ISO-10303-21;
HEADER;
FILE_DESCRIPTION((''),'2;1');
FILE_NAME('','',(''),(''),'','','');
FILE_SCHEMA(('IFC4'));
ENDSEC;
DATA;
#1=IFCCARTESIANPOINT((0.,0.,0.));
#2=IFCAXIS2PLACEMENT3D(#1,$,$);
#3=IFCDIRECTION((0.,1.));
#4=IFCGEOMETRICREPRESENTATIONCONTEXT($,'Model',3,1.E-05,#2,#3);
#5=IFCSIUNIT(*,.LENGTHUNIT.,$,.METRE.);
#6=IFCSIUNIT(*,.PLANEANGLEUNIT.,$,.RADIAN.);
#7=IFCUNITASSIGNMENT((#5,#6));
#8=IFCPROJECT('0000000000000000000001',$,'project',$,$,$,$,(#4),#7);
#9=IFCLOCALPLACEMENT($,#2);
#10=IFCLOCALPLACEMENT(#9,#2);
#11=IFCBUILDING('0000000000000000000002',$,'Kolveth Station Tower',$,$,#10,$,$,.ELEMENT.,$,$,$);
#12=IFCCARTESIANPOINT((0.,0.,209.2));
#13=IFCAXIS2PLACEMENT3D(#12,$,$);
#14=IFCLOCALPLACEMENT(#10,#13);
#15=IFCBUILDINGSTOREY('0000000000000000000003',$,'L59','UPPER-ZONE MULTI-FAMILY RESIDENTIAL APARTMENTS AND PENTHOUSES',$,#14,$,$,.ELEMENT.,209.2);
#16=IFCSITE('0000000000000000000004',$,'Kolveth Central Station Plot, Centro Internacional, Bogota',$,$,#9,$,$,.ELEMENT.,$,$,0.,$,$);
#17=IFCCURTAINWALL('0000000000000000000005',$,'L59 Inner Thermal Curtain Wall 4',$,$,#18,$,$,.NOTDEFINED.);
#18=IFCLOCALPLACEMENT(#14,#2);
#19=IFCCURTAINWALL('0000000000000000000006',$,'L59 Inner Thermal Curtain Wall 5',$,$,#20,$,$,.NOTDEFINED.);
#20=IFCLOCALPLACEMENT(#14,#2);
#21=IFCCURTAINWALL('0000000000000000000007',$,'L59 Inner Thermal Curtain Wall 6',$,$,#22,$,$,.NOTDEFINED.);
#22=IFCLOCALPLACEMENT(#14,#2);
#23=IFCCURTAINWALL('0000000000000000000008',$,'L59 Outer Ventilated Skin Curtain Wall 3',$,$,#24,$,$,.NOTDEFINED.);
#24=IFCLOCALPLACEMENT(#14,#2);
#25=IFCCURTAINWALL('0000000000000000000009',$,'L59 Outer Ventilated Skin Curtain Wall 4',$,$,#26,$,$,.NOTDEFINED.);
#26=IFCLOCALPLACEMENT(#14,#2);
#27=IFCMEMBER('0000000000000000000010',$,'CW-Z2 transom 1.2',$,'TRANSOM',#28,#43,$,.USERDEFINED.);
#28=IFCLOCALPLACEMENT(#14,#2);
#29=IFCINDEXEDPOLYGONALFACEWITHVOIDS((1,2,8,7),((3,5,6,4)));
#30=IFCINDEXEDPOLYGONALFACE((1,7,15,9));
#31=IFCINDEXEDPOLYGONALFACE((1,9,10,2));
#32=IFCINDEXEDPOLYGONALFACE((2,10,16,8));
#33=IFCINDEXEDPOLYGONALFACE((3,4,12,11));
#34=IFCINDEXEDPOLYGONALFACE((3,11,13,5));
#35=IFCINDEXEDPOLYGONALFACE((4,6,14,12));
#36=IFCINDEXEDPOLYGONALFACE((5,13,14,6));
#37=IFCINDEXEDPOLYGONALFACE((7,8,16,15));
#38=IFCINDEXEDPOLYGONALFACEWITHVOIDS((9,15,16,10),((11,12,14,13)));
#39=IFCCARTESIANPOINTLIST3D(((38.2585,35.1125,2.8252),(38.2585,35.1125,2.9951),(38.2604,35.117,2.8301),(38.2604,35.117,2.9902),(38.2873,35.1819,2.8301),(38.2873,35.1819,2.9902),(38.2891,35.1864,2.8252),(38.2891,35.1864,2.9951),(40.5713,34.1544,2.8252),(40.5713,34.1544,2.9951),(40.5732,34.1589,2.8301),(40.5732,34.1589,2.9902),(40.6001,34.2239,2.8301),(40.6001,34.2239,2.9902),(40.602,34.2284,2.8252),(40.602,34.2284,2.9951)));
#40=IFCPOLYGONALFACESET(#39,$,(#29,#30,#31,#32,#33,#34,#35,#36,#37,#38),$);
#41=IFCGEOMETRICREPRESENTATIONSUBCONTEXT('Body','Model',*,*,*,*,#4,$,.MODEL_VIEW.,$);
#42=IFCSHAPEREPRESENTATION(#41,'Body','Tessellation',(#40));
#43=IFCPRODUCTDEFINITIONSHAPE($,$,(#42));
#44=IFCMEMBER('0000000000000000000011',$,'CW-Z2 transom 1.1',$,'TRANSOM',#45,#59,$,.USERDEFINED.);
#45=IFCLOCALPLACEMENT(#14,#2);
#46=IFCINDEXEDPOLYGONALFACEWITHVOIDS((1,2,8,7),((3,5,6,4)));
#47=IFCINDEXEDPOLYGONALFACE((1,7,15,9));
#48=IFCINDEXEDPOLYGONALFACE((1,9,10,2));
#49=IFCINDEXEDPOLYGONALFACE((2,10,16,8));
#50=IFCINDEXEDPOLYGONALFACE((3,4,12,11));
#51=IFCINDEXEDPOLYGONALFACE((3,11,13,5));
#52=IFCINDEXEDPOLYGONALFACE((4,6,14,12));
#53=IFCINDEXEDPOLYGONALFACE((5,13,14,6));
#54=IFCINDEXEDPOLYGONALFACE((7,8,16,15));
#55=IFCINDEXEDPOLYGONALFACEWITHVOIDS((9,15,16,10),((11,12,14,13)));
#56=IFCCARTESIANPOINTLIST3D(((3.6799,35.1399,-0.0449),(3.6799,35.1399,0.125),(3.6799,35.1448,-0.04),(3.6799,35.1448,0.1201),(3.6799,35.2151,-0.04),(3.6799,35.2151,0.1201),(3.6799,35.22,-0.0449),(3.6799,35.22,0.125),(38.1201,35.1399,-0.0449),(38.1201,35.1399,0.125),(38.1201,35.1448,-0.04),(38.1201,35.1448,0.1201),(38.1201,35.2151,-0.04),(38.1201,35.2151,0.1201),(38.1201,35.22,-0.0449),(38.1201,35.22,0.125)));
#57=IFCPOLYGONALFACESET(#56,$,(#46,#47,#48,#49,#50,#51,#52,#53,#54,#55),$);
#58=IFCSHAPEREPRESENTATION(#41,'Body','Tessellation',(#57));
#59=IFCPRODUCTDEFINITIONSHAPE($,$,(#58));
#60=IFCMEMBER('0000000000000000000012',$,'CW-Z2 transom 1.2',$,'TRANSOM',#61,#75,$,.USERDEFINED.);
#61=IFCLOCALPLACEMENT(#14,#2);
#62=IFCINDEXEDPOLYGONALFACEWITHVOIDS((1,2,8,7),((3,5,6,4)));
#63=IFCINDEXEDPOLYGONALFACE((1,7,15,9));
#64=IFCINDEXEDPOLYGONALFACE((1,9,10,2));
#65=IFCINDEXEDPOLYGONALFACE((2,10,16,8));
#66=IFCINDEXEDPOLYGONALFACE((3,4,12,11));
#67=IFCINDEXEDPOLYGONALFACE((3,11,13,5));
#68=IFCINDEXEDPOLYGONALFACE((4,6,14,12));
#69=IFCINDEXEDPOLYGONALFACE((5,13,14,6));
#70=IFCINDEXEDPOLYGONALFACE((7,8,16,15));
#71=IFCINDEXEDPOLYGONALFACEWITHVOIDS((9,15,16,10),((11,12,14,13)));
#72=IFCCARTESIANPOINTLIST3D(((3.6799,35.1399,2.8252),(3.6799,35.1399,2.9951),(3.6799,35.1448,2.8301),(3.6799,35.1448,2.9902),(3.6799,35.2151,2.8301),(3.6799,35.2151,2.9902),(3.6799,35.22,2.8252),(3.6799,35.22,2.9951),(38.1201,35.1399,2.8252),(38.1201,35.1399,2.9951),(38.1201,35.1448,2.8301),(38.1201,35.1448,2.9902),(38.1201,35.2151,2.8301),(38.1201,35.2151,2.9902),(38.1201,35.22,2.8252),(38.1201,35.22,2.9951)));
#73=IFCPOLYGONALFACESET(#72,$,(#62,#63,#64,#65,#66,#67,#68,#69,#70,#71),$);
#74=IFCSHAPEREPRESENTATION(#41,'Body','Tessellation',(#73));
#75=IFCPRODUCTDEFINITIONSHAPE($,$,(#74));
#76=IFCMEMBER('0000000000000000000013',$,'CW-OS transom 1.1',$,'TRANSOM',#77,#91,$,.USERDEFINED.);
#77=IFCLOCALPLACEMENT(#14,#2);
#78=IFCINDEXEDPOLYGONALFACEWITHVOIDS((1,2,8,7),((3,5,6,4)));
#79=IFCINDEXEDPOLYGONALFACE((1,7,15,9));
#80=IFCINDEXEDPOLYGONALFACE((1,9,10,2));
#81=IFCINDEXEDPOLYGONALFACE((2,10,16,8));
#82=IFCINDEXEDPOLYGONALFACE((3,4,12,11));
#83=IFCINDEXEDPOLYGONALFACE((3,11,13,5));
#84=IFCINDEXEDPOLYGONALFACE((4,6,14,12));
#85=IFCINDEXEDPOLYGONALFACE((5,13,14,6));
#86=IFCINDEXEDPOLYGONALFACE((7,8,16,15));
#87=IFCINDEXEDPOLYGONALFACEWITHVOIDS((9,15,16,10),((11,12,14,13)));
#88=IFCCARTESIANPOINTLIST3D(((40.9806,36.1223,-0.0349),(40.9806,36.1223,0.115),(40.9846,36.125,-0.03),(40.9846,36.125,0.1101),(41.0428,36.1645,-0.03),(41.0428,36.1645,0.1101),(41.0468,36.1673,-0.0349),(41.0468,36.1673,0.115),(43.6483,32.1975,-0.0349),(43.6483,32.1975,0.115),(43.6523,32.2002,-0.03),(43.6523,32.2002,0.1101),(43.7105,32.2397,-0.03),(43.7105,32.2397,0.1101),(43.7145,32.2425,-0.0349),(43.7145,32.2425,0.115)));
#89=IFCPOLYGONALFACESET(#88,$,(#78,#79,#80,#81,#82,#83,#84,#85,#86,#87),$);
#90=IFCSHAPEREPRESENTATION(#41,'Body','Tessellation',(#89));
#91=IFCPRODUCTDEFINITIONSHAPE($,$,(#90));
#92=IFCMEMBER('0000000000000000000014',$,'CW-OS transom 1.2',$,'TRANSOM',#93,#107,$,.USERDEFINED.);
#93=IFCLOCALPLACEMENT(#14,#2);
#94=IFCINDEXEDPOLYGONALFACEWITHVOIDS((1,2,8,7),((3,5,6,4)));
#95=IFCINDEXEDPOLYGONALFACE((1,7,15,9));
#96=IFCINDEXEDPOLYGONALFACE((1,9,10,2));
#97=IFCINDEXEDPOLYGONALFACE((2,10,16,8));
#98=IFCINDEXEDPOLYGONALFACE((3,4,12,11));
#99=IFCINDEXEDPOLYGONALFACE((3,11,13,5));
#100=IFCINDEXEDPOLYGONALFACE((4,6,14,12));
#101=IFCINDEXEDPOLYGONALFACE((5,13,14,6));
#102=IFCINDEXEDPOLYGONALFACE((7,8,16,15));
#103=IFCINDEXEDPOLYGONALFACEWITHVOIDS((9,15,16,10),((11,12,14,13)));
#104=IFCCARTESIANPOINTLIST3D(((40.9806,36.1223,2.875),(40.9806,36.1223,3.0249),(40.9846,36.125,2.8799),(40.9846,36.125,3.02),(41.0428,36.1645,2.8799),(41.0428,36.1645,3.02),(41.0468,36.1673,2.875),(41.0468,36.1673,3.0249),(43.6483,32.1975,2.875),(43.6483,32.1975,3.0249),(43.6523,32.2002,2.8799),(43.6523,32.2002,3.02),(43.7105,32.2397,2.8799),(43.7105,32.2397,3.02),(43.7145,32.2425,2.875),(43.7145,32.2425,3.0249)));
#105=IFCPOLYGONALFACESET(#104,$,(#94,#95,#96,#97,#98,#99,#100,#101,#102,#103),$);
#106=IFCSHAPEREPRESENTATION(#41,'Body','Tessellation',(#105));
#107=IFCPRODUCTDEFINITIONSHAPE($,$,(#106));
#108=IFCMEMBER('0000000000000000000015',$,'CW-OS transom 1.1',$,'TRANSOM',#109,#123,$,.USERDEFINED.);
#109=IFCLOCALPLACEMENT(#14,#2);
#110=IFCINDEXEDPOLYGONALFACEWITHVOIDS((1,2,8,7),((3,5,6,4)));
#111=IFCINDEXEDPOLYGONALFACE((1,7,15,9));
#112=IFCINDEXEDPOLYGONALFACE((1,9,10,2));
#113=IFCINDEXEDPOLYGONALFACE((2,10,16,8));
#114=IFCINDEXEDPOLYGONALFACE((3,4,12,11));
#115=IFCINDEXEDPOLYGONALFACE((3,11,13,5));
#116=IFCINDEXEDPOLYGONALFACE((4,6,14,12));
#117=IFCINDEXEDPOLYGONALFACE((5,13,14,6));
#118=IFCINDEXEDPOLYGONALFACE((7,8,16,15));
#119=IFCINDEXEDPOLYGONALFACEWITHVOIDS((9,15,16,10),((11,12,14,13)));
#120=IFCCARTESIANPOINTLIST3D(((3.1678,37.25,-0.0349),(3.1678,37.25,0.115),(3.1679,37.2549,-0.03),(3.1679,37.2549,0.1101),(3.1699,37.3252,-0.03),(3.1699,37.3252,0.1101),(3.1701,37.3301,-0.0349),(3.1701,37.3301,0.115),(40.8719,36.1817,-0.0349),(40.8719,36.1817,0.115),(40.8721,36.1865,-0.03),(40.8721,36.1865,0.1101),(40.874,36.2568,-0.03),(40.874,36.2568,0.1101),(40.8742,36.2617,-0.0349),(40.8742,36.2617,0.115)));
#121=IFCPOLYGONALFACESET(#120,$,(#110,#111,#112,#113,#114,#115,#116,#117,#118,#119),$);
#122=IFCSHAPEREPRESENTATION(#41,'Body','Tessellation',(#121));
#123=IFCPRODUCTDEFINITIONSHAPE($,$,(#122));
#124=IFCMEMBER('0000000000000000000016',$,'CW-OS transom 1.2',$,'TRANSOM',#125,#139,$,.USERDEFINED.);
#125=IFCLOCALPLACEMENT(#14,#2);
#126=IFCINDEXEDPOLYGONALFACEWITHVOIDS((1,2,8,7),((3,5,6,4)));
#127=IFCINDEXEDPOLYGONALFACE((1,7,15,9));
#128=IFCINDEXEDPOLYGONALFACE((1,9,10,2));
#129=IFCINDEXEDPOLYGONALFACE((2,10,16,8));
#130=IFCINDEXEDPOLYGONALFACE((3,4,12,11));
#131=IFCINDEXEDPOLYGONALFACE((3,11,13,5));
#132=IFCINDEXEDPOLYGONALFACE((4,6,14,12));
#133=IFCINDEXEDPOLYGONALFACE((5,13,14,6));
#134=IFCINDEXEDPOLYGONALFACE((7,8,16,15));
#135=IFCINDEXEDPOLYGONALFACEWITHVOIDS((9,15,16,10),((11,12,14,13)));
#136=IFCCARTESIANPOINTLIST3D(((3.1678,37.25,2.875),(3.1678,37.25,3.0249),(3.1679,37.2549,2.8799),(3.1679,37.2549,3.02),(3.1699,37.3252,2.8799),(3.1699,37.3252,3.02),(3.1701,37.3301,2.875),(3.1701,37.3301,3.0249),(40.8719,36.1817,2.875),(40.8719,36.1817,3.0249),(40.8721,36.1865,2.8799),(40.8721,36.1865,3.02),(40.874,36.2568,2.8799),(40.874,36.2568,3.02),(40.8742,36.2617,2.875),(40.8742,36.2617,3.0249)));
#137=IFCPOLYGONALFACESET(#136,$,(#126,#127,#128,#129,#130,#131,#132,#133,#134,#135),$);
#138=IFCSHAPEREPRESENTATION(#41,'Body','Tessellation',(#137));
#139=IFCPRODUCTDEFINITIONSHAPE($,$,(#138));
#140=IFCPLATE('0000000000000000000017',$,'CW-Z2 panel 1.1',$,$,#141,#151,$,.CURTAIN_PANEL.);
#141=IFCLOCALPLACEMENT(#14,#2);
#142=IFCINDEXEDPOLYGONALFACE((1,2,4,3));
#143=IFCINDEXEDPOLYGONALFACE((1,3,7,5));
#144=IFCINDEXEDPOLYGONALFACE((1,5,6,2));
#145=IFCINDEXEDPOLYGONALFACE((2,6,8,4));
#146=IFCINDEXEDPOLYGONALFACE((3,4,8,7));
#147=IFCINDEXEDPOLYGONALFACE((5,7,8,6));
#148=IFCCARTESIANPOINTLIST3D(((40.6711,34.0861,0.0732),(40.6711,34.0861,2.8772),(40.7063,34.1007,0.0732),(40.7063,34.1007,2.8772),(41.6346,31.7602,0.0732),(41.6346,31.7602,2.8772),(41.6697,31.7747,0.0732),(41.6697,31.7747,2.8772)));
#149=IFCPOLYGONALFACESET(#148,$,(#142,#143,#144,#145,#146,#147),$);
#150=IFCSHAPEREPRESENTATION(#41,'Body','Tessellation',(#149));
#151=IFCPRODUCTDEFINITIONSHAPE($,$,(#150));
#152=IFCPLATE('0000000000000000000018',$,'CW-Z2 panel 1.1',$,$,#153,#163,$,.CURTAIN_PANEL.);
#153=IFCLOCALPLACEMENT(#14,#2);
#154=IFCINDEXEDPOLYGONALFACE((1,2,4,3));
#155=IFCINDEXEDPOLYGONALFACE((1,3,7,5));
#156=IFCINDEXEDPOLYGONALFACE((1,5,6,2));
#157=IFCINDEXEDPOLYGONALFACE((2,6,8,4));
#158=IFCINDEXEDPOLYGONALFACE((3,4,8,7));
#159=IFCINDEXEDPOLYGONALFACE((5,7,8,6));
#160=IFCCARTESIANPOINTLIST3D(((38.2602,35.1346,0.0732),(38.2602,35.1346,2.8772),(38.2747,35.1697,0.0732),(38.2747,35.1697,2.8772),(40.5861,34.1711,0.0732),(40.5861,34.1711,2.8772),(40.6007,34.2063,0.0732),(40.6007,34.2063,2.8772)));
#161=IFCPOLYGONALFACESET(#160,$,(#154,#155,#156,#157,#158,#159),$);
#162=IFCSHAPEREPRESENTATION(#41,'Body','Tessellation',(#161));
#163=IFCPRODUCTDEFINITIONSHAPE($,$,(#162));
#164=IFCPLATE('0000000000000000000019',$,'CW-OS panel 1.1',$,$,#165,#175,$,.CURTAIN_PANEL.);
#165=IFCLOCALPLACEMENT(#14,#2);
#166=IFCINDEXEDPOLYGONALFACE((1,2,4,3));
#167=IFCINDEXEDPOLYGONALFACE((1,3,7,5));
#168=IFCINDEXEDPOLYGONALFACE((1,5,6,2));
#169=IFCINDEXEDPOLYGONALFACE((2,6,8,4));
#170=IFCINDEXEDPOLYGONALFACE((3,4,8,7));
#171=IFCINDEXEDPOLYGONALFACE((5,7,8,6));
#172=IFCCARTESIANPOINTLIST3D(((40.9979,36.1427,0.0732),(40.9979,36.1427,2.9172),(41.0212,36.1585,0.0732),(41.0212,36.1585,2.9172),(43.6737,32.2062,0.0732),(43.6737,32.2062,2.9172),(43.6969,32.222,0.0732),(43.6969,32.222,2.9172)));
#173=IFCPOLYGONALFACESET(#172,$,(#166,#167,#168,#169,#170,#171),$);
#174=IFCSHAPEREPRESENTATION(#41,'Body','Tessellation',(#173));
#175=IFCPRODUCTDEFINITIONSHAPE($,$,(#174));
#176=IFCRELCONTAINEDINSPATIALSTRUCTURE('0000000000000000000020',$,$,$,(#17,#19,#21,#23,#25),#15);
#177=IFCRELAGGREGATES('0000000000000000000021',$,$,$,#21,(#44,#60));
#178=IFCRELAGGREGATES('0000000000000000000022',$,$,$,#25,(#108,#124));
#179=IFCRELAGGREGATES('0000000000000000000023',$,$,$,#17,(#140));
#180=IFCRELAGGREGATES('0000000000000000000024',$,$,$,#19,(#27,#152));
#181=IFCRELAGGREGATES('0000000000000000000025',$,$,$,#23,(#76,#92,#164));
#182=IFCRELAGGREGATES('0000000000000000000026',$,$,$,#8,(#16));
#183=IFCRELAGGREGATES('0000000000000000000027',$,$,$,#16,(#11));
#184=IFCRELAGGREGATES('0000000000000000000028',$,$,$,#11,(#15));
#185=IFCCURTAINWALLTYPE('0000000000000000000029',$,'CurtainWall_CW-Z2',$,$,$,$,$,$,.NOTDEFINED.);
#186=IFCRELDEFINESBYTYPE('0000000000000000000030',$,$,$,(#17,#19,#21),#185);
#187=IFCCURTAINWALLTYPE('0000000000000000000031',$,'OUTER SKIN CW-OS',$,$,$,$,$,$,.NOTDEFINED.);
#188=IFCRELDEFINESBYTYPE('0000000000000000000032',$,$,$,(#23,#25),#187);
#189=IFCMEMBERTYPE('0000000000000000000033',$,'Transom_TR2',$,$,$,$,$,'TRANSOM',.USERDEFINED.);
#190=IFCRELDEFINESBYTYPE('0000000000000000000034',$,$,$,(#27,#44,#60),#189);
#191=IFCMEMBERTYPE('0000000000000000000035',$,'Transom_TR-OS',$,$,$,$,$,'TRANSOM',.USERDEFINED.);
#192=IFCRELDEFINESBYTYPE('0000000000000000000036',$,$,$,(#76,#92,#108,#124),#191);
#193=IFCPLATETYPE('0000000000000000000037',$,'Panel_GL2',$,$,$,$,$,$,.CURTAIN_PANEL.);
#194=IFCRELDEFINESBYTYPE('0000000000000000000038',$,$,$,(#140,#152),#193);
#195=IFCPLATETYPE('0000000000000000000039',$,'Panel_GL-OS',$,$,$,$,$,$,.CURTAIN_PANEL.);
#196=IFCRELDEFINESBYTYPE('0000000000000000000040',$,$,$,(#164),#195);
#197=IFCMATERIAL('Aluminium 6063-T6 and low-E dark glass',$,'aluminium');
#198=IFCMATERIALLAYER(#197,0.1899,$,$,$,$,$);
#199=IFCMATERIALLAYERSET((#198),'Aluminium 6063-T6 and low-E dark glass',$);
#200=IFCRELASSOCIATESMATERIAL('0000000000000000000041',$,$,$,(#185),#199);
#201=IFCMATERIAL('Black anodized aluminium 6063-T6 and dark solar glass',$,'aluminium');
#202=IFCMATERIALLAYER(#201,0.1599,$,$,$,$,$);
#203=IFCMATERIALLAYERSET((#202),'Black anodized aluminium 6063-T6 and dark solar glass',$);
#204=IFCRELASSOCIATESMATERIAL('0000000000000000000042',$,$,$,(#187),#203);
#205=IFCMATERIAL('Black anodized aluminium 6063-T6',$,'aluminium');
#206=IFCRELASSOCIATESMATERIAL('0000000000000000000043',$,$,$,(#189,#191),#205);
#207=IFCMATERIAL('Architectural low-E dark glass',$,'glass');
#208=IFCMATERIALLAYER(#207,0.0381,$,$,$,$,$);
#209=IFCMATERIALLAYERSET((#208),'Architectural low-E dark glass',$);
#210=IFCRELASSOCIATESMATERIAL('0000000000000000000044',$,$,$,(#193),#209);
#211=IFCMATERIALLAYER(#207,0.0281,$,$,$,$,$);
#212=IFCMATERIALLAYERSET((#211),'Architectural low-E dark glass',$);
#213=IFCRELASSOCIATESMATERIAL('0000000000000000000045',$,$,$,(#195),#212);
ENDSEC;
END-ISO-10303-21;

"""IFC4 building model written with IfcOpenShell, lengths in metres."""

from ifc_helpers import new_model, si_unit, direction, frame, origin, origin_2d, place, context, subcontext, project, spatial, rectangle, hollow_rectangle, extrude, source, transform, mapped, material, layer, layer_set, material_profile, profile_set, type_object, element, aggregate, save


model = new_model("IFC4")

# Units and contexts
model_context = context("Model", 3, precision=1e-05, world=origin(), true_north=direction((0.0, 1.0)))
body_context = subcontext(model_context, "Body", "Model", "MODEL_VIEW")
ifc_project = project(units=[si_unit("LENGTHUNIT", "METRE"), si_unit("PLANEANGLEUNIT", "RADIAN")], contexts=[model_context])

# Site, building, storey
site_placement = place(None, origin())
site = spatial("IfcSite", under=ifc_project, at=site_placement, Name="Kolveth Central Station Plot, Centro Internacional, Bogota", CompositionType="ELEMENT", RefElevation=0.0)
building_placement = place(site_placement, origin())
building = spatial("IfcBuilding", under=site, at=building_placement, Name="Kolveth Station Tower", CompositionType="ELEMENT")
storey_placement = place(building_placement, frame((0.0, 0.0, 209.2)))
storey = spatial("IfcBuildingStorey", under=building, at=storey_placement, Name="L59", Description="UPPER-ZONE MULTI-FAMILY RESIDENTIAL APARTMENTS AND PENTHOUSES", CompositionType="ELEMENT", Elevation=209.2)

# Curtain wall
ifc_material_1 = material(Name="Aluminium 6063-T6 and low-E dark glass", Category="aluminium")
ifc_layer_1 = layer(ifc_material_1, 0.1899)
ifc_layer_set_1 = layer_set([ifc_layer_1], Name="Aluminium 6063-T6 and low-E dark glass")
curtain_wall_type_1 = type_object("IfcCurtainWallType", Name="CurtainWall_CW-Z2", PredefinedType="NOTDEFINED", material=ifc_layer_set_1)
curtain_wall_1_placement = place(storey_placement, origin())
curtain_wall_1 = element("IfcCurtainWall", 1, at=curtain_wall_1_placement, inside=storey, type_object=curtain_wall_type_1, Name="L59 Inner Thermal Curtain Wall 4", PredefinedType="NOTDEFINED")
ifc_material_2 = material(Name="Black anodized aluminium 6063-T6", Category="aluminium")

# Curtain wall
curtain_wall_2_placement = place(storey_placement, origin())
curtain_wall_2 = element("IfcCurtainWall", 2, at=curtain_wall_2_placement, inside=storey, type_object=curtain_wall_type_1, Name="L59 Inner Thermal Curtain Wall 5", PredefinedType="NOTDEFINED")

# Curtain wall
curtain_wall_3_placement = place(storey_placement, origin())
curtain_wall_3 = element("IfcCurtainWall", 3, at=curtain_wall_3_placement, inside=storey, type_object=curtain_wall_type_1, Name="L59 Inner Thermal Curtain Wall 6", PredefinedType="NOTDEFINED")
ifc_material_3 = material(Name="Black anodized aluminium 6063-T6 and dark solar glass", Category="aluminium")
ifc_layer_2 = layer(ifc_material_3, 0.1599)
ifc_layer_set_2 = layer_set([ifc_layer_2], Name="Black anodized aluminium 6063-T6 and dark solar glass")
curtain_wall_type_2 = type_object("IfcCurtainWallType", Name="OUTER SKIN CW-OS", PredefinedType="NOTDEFINED", material=ifc_layer_set_2)

# Curtain wall
curtain_wall_4_placement = place(storey_placement, origin())
curtain_wall_4 = element("IfcCurtainWall", 4, at=curtain_wall_4_placement, inside=storey, type_object=curtain_wall_type_2, Name="L59 Outer Ventilated Skin Curtain Wall 3", PredefinedType="NOTDEFINED")

# Curtain wall
curtain_wall_5_placement = place(storey_placement, origin())
curtain_wall_5 = element("IfcCurtainWall", 5, at=curtain_wall_5_placement, inside=storey, type_object=curtain_wall_type_2, Name="L59 Outer Ventilated Skin Curtain Wall 4", PredefinedType="NOTDEFINED")

# Members
ifc_material_profile_1 = material_profile(ifc_material_2, hollow_rectangle(XDim=0.0801, YDim=0.1699, WallThickness=0.0049, at=origin_2d()), Name="ALU-80x170x5")
ifc_profile_set_1 = profile_set([ifc_material_profile_1], Name="Black anodized aluminium 6063-T6")
member_type_1 = type_object("IfcMemberType", Name="Transom_TR2", ElementType="TRANSOM", PredefinedType="USERDEFINED", material=ifc_profile_set_1)
shared_shape_1 = source(origin(), body_context, "Body", "SweptSolid", [
    extrude(hollow_rectangle(XDim=0.0801, YDim=0.1699, WallThickness=0.0049, at=origin_2d()), origin(), (0.0, 0.0, 1.0), 2.5034),
])
member_1_placement = place(storey_placement, frame((40.5867, 34.1914, 2.9102), z_axis=(-0.923874, 0.382696, 0.0), x_axis=(-0.382696, -0.923874, 0.0)))
member_1 = element("IfcMember", 6, at=member_1_placement, type_object=member_type_1, Name="CW-Z2 transom 1.2", ObjectType="TRANSOM", PredefinedType="USERDEFINED", context=body_context, shape_type="MappedRepresentation", body=[
    mapped(shared_shape_1, transform((0.0, 0.0, 0.0), x_axis=(1.0, 0.0, 0.0), y_axis=(0.0, 1.0, 0.0), z_axis=(0.0, 0.0, 1.0), scale=1.0)),
])
shared_shape_2 = source(origin(), body_context, "Body", "SweptSolid", [
    extrude(hollow_rectangle(XDim=0.0801, YDim=0.1699, WallThickness=0.0049, at=origin_2d()), origin(), (0.0, 0.0, 1.0), 34.4402),
])
member_2_placement = place(storey_placement, frame((38.1201, 35.1799, 0.04), z_axis=(-1.0, 0.0, 0.0), x_axis=(0.0, -1.0, 0.0)))
member_2 = element("IfcMember", 7, at=member_2_placement, type_object=member_type_1, Name="CW-Z2 transom 1.1", ObjectType="TRANSOM", PredefinedType="USERDEFINED", context=body_context, shape_type="MappedRepresentation", body=[
    mapped(shared_shape_2, transform((0.0, 0.0, 0.0), x_axis=(1.0, 0.0, 0.0), y_axis=(0.0, 1.0, 0.0), z_axis=(0.0, 0.0, 1.0), scale=1.0)),
])
member_3_placement = place(storey_placement, frame((38.1201, 35.1799, 2.9102), z_axis=(-1.0, 0.0, 0.0), x_axis=(0.0, -1.0, 0.0)))
member_3 = element("IfcMember", 8, at=member_3_placement, type_object=member_type_1, Name="CW-Z2 transom 1.2", ObjectType="TRANSOM", PredefinedType="USERDEFINED", context=body_context, shape_type="MappedRepresentation", body=[
    mapped(shared_shape_2, transform((0.0, 0.0, 0.0), x_axis=(1.0, 0.0, 0.0), y_axis=(0.0, 1.0, 0.0), z_axis=(0.0, 0.0, 1.0), scale=1.0)),
])
aggregate(curtain_wall_3, [member_2, member_3])
ifc_material_profile_2 = material_profile(ifc_material_2, hollow_rectangle(XDim=0.0801, YDim=0.1499, WallThickness=0.0049, at=origin_2d()), Name="ALU-80x150x5")
ifc_profile_set_2 = profile_set([ifc_material_profile_2], Name="Black anodized aluminium 6063-T6")
member_type_2 = type_object("IfcMemberType", Name="Transom_TR-OS", ElementType="TRANSOM", PredefinedType="USERDEFINED", material=ifc_profile_set_2)
shared_shape_3 = source(origin(), body_context, "Body", "SweptSolid", [
    extrude(hollow_rectangle(XDim=0.0801, YDim=0.1499, WallThickness=0.0049, at=origin_2d()), origin(), (0.0, 0.0, 1.0), 4.7456),
])
member_4_placement = place(storey_placement, frame((43.6814, 32.22, 0.04), z_axis=(-0.562145, 0.827038, 0.0), x_axis=(-0.827038, -0.562145, 0.0)))
member_4 = element("IfcMember", 9, at=member_4_placement, type_object=member_type_2, Name="CW-OS transom 1.1", ObjectType="TRANSOM", PredefinedType="USERDEFINED", context=body_context, shape_type="MappedRepresentation", body=[
    mapped(shared_shape_3, transform((0.0, 0.0, 0.0), x_axis=(1.0, 0.0, 0.0), y_axis=(0.0, 1.0, 0.0), z_axis=(0.0, 0.0, 1.0), scale=1.0)),
])
member_5_placement = place(storey_placement, frame((43.6814, 32.22, 2.95), z_axis=(-0.562145, 0.827038, 0.0), x_axis=(-0.827038, -0.562145, 0.0)))
member_5 = element("IfcMember", 10, at=member_5_placement, type_object=member_type_2, Name="CW-OS transom 1.2", ObjectType="TRANSOM", PredefinedType="USERDEFINED", context=body_context, shape_type="MappedRepresentation", body=[
    mapped(shared_shape_3, transform((0.0, 0.0, 0.0), x_axis=(1.0, 0.0, 0.0), y_axis=(0.0, 1.0, 0.0), z_axis=(0.0, 0.0, 1.0), scale=1.0)),
])
shared_shape_4 = source(origin(), body_context, "Body", "SweptSolid", [
    extrude(hollow_rectangle(XDim=0.0801, YDim=0.1499, WallThickness=0.0049, at=origin_2d()), origin(), (0.0, 0.0, 1.0), 37.7192),
])
member_6_placement = place(storey_placement, frame((40.873, 36.2217, 0.04), z_axis=(-0.999599, 0.028324, 0.0), x_axis=(-0.028324, -0.999599, 0.0)))
member_6 = element("IfcMember", 11, at=member_6_placement, type_object=member_type_2, Name="CW-OS transom 1.1", ObjectType="TRANSOM", PredefinedType="USERDEFINED", context=body_context, shape_type="MappedRepresentation", body=[
    mapped(shared_shape_4, transform((0.0, 0.0, 0.0), x_axis=(1.0, 0.0, 0.0), y_axis=(0.0, 1.0, 0.0), z_axis=(0.0, 0.0, 1.0), scale=1.0)),
])
member_7_placement = place(storey_placement, frame((40.873, 36.2217, 2.95), z_axis=(-0.999599, 0.028324, 0.0), x_axis=(-0.028324, -0.999599, 0.0)))
member_7 = element("IfcMember", 12, at=member_7_placement, type_object=member_type_2, Name="CW-OS transom 1.2", ObjectType="TRANSOM", PredefinedType="USERDEFINED", context=body_context, shape_type="MappedRepresentation", body=[
    mapped(shared_shape_4, transform((0.0, 0.0, 0.0), x_axis=(1.0, 0.0, 0.0), y_axis=(0.0, 1.0, 0.0), z_axis=(0.0, 0.0, 1.0), scale=1.0)),
])
aggregate(curtain_wall_5, [member_6, member_7])

# Plates
ifc_material_4 = material(Name="Architectural low-E dark glass", Category="glass")
ifc_layer_3 = layer(ifc_material_4, 0.0381)
ifc_layer_set_3 = layer_set([ifc_layer_3], Name="Architectural low-E dark glass")
plate_type_1 = type_object("IfcPlateType", Name="Panel_GL2", PredefinedType="CURTAIN_PANEL", material=ifc_layer_set_3)
shared_shape_5 = source(origin(), body_context, "Body", "SweptSolid", [
    extrude(rectangle(XDim=2.5176, YDim=0.0381, at=origin_2d()), origin(), (0.0, 0.0, 1.0), 2.804),
])
plate_1_placement = place(storey_placement, frame((41.1704, 32.9304, 0.0732), z_axis=(0.0, 0.0, 1.0), x_axis=(-0.382698, 0.923874, 0.0)))
plate_1 = element("IfcPlate", 13, at=plate_1_placement, type_object=plate_type_1, Name="CW-Z2 panel 1.1", PredefinedType="CURTAIN_PANEL", context=body_context, shape_type="MappedRepresentation", body=[
    mapped(shared_shape_5, transform((0.0, 0.0, 0.0), x_axis=(1.0, 0.0, 0.0), y_axis=(0.0, 1.0, 0.0), z_axis=(0.0, 0.0, 1.0), scale=1.0)),
])
aggregate(curtain_wall_1, [plate_1])
plate_2_placement = place(storey_placement, frame((39.4304, 34.6704, 0.0732), z_axis=(0.0, 0.0, 1.0), x_axis=(-0.923874, 0.382698, 0.0)))
plate_2 = element("IfcPlate", 14, at=plate_2_placement, type_object=plate_type_1, Name="CW-Z2 panel 1.1", PredefinedType="CURTAIN_PANEL", context=body_context, shape_type="MappedRepresentation", body=[
    mapped(shared_shape_5, transform((0.0, 0.0, 0.0), x_axis=(1.0, 0.0, 0.0), y_axis=(0.0, 1.0, 0.0), z_axis=(0.0, 0.0, 1.0), scale=1.0)),
])
aggregate(curtain_wall_2, [member_1, plate_2])
ifc_layer_4 = layer(ifc_material_4, 0.0281)
ifc_layer_set_4 = layer_set([ifc_layer_4], Name="Architectural low-E dark glass")
plate_type_2 = type_object("IfcPlateType", Name="Panel_GL-OS", PredefinedType="CURTAIN_PANEL", material=ifc_layer_set_4)
shared_shape_6 = source(origin(), body_context, "Body", "SweptSolid", [
    extrude(rectangle(XDim=4.7598, YDim=0.0281, at=origin_2d()), origin(), (0.0, 0.0, 1.0), 2.844),
])
plate_3_placement = place(storey_placement, frame((42.3474, 34.1824, 0.0732), z_axis=(0.0, 0.0, 1.0), x_axis=(-0.562155, 0.827032, 0.0)))
plate_3 = element("IfcPlate", 15, at=plate_3_placement, type_object=plate_type_2, Name="CW-OS panel 1.1", PredefinedType="CURTAIN_PANEL", context=body_context, shape_type="MappedRepresentation", body=[
    mapped(shared_shape_6, transform((0.0, 0.0, 0.0), x_axis=(1.0, 0.0, 0.0), y_axis=(0.0, 1.0, 0.0), z_axis=(0.0, 0.0, 1.0), scale=1.0)),
])
aggregate(curtain_wall_4, [member_4, member_5, plate_3])

save(model, "model.ifc")
